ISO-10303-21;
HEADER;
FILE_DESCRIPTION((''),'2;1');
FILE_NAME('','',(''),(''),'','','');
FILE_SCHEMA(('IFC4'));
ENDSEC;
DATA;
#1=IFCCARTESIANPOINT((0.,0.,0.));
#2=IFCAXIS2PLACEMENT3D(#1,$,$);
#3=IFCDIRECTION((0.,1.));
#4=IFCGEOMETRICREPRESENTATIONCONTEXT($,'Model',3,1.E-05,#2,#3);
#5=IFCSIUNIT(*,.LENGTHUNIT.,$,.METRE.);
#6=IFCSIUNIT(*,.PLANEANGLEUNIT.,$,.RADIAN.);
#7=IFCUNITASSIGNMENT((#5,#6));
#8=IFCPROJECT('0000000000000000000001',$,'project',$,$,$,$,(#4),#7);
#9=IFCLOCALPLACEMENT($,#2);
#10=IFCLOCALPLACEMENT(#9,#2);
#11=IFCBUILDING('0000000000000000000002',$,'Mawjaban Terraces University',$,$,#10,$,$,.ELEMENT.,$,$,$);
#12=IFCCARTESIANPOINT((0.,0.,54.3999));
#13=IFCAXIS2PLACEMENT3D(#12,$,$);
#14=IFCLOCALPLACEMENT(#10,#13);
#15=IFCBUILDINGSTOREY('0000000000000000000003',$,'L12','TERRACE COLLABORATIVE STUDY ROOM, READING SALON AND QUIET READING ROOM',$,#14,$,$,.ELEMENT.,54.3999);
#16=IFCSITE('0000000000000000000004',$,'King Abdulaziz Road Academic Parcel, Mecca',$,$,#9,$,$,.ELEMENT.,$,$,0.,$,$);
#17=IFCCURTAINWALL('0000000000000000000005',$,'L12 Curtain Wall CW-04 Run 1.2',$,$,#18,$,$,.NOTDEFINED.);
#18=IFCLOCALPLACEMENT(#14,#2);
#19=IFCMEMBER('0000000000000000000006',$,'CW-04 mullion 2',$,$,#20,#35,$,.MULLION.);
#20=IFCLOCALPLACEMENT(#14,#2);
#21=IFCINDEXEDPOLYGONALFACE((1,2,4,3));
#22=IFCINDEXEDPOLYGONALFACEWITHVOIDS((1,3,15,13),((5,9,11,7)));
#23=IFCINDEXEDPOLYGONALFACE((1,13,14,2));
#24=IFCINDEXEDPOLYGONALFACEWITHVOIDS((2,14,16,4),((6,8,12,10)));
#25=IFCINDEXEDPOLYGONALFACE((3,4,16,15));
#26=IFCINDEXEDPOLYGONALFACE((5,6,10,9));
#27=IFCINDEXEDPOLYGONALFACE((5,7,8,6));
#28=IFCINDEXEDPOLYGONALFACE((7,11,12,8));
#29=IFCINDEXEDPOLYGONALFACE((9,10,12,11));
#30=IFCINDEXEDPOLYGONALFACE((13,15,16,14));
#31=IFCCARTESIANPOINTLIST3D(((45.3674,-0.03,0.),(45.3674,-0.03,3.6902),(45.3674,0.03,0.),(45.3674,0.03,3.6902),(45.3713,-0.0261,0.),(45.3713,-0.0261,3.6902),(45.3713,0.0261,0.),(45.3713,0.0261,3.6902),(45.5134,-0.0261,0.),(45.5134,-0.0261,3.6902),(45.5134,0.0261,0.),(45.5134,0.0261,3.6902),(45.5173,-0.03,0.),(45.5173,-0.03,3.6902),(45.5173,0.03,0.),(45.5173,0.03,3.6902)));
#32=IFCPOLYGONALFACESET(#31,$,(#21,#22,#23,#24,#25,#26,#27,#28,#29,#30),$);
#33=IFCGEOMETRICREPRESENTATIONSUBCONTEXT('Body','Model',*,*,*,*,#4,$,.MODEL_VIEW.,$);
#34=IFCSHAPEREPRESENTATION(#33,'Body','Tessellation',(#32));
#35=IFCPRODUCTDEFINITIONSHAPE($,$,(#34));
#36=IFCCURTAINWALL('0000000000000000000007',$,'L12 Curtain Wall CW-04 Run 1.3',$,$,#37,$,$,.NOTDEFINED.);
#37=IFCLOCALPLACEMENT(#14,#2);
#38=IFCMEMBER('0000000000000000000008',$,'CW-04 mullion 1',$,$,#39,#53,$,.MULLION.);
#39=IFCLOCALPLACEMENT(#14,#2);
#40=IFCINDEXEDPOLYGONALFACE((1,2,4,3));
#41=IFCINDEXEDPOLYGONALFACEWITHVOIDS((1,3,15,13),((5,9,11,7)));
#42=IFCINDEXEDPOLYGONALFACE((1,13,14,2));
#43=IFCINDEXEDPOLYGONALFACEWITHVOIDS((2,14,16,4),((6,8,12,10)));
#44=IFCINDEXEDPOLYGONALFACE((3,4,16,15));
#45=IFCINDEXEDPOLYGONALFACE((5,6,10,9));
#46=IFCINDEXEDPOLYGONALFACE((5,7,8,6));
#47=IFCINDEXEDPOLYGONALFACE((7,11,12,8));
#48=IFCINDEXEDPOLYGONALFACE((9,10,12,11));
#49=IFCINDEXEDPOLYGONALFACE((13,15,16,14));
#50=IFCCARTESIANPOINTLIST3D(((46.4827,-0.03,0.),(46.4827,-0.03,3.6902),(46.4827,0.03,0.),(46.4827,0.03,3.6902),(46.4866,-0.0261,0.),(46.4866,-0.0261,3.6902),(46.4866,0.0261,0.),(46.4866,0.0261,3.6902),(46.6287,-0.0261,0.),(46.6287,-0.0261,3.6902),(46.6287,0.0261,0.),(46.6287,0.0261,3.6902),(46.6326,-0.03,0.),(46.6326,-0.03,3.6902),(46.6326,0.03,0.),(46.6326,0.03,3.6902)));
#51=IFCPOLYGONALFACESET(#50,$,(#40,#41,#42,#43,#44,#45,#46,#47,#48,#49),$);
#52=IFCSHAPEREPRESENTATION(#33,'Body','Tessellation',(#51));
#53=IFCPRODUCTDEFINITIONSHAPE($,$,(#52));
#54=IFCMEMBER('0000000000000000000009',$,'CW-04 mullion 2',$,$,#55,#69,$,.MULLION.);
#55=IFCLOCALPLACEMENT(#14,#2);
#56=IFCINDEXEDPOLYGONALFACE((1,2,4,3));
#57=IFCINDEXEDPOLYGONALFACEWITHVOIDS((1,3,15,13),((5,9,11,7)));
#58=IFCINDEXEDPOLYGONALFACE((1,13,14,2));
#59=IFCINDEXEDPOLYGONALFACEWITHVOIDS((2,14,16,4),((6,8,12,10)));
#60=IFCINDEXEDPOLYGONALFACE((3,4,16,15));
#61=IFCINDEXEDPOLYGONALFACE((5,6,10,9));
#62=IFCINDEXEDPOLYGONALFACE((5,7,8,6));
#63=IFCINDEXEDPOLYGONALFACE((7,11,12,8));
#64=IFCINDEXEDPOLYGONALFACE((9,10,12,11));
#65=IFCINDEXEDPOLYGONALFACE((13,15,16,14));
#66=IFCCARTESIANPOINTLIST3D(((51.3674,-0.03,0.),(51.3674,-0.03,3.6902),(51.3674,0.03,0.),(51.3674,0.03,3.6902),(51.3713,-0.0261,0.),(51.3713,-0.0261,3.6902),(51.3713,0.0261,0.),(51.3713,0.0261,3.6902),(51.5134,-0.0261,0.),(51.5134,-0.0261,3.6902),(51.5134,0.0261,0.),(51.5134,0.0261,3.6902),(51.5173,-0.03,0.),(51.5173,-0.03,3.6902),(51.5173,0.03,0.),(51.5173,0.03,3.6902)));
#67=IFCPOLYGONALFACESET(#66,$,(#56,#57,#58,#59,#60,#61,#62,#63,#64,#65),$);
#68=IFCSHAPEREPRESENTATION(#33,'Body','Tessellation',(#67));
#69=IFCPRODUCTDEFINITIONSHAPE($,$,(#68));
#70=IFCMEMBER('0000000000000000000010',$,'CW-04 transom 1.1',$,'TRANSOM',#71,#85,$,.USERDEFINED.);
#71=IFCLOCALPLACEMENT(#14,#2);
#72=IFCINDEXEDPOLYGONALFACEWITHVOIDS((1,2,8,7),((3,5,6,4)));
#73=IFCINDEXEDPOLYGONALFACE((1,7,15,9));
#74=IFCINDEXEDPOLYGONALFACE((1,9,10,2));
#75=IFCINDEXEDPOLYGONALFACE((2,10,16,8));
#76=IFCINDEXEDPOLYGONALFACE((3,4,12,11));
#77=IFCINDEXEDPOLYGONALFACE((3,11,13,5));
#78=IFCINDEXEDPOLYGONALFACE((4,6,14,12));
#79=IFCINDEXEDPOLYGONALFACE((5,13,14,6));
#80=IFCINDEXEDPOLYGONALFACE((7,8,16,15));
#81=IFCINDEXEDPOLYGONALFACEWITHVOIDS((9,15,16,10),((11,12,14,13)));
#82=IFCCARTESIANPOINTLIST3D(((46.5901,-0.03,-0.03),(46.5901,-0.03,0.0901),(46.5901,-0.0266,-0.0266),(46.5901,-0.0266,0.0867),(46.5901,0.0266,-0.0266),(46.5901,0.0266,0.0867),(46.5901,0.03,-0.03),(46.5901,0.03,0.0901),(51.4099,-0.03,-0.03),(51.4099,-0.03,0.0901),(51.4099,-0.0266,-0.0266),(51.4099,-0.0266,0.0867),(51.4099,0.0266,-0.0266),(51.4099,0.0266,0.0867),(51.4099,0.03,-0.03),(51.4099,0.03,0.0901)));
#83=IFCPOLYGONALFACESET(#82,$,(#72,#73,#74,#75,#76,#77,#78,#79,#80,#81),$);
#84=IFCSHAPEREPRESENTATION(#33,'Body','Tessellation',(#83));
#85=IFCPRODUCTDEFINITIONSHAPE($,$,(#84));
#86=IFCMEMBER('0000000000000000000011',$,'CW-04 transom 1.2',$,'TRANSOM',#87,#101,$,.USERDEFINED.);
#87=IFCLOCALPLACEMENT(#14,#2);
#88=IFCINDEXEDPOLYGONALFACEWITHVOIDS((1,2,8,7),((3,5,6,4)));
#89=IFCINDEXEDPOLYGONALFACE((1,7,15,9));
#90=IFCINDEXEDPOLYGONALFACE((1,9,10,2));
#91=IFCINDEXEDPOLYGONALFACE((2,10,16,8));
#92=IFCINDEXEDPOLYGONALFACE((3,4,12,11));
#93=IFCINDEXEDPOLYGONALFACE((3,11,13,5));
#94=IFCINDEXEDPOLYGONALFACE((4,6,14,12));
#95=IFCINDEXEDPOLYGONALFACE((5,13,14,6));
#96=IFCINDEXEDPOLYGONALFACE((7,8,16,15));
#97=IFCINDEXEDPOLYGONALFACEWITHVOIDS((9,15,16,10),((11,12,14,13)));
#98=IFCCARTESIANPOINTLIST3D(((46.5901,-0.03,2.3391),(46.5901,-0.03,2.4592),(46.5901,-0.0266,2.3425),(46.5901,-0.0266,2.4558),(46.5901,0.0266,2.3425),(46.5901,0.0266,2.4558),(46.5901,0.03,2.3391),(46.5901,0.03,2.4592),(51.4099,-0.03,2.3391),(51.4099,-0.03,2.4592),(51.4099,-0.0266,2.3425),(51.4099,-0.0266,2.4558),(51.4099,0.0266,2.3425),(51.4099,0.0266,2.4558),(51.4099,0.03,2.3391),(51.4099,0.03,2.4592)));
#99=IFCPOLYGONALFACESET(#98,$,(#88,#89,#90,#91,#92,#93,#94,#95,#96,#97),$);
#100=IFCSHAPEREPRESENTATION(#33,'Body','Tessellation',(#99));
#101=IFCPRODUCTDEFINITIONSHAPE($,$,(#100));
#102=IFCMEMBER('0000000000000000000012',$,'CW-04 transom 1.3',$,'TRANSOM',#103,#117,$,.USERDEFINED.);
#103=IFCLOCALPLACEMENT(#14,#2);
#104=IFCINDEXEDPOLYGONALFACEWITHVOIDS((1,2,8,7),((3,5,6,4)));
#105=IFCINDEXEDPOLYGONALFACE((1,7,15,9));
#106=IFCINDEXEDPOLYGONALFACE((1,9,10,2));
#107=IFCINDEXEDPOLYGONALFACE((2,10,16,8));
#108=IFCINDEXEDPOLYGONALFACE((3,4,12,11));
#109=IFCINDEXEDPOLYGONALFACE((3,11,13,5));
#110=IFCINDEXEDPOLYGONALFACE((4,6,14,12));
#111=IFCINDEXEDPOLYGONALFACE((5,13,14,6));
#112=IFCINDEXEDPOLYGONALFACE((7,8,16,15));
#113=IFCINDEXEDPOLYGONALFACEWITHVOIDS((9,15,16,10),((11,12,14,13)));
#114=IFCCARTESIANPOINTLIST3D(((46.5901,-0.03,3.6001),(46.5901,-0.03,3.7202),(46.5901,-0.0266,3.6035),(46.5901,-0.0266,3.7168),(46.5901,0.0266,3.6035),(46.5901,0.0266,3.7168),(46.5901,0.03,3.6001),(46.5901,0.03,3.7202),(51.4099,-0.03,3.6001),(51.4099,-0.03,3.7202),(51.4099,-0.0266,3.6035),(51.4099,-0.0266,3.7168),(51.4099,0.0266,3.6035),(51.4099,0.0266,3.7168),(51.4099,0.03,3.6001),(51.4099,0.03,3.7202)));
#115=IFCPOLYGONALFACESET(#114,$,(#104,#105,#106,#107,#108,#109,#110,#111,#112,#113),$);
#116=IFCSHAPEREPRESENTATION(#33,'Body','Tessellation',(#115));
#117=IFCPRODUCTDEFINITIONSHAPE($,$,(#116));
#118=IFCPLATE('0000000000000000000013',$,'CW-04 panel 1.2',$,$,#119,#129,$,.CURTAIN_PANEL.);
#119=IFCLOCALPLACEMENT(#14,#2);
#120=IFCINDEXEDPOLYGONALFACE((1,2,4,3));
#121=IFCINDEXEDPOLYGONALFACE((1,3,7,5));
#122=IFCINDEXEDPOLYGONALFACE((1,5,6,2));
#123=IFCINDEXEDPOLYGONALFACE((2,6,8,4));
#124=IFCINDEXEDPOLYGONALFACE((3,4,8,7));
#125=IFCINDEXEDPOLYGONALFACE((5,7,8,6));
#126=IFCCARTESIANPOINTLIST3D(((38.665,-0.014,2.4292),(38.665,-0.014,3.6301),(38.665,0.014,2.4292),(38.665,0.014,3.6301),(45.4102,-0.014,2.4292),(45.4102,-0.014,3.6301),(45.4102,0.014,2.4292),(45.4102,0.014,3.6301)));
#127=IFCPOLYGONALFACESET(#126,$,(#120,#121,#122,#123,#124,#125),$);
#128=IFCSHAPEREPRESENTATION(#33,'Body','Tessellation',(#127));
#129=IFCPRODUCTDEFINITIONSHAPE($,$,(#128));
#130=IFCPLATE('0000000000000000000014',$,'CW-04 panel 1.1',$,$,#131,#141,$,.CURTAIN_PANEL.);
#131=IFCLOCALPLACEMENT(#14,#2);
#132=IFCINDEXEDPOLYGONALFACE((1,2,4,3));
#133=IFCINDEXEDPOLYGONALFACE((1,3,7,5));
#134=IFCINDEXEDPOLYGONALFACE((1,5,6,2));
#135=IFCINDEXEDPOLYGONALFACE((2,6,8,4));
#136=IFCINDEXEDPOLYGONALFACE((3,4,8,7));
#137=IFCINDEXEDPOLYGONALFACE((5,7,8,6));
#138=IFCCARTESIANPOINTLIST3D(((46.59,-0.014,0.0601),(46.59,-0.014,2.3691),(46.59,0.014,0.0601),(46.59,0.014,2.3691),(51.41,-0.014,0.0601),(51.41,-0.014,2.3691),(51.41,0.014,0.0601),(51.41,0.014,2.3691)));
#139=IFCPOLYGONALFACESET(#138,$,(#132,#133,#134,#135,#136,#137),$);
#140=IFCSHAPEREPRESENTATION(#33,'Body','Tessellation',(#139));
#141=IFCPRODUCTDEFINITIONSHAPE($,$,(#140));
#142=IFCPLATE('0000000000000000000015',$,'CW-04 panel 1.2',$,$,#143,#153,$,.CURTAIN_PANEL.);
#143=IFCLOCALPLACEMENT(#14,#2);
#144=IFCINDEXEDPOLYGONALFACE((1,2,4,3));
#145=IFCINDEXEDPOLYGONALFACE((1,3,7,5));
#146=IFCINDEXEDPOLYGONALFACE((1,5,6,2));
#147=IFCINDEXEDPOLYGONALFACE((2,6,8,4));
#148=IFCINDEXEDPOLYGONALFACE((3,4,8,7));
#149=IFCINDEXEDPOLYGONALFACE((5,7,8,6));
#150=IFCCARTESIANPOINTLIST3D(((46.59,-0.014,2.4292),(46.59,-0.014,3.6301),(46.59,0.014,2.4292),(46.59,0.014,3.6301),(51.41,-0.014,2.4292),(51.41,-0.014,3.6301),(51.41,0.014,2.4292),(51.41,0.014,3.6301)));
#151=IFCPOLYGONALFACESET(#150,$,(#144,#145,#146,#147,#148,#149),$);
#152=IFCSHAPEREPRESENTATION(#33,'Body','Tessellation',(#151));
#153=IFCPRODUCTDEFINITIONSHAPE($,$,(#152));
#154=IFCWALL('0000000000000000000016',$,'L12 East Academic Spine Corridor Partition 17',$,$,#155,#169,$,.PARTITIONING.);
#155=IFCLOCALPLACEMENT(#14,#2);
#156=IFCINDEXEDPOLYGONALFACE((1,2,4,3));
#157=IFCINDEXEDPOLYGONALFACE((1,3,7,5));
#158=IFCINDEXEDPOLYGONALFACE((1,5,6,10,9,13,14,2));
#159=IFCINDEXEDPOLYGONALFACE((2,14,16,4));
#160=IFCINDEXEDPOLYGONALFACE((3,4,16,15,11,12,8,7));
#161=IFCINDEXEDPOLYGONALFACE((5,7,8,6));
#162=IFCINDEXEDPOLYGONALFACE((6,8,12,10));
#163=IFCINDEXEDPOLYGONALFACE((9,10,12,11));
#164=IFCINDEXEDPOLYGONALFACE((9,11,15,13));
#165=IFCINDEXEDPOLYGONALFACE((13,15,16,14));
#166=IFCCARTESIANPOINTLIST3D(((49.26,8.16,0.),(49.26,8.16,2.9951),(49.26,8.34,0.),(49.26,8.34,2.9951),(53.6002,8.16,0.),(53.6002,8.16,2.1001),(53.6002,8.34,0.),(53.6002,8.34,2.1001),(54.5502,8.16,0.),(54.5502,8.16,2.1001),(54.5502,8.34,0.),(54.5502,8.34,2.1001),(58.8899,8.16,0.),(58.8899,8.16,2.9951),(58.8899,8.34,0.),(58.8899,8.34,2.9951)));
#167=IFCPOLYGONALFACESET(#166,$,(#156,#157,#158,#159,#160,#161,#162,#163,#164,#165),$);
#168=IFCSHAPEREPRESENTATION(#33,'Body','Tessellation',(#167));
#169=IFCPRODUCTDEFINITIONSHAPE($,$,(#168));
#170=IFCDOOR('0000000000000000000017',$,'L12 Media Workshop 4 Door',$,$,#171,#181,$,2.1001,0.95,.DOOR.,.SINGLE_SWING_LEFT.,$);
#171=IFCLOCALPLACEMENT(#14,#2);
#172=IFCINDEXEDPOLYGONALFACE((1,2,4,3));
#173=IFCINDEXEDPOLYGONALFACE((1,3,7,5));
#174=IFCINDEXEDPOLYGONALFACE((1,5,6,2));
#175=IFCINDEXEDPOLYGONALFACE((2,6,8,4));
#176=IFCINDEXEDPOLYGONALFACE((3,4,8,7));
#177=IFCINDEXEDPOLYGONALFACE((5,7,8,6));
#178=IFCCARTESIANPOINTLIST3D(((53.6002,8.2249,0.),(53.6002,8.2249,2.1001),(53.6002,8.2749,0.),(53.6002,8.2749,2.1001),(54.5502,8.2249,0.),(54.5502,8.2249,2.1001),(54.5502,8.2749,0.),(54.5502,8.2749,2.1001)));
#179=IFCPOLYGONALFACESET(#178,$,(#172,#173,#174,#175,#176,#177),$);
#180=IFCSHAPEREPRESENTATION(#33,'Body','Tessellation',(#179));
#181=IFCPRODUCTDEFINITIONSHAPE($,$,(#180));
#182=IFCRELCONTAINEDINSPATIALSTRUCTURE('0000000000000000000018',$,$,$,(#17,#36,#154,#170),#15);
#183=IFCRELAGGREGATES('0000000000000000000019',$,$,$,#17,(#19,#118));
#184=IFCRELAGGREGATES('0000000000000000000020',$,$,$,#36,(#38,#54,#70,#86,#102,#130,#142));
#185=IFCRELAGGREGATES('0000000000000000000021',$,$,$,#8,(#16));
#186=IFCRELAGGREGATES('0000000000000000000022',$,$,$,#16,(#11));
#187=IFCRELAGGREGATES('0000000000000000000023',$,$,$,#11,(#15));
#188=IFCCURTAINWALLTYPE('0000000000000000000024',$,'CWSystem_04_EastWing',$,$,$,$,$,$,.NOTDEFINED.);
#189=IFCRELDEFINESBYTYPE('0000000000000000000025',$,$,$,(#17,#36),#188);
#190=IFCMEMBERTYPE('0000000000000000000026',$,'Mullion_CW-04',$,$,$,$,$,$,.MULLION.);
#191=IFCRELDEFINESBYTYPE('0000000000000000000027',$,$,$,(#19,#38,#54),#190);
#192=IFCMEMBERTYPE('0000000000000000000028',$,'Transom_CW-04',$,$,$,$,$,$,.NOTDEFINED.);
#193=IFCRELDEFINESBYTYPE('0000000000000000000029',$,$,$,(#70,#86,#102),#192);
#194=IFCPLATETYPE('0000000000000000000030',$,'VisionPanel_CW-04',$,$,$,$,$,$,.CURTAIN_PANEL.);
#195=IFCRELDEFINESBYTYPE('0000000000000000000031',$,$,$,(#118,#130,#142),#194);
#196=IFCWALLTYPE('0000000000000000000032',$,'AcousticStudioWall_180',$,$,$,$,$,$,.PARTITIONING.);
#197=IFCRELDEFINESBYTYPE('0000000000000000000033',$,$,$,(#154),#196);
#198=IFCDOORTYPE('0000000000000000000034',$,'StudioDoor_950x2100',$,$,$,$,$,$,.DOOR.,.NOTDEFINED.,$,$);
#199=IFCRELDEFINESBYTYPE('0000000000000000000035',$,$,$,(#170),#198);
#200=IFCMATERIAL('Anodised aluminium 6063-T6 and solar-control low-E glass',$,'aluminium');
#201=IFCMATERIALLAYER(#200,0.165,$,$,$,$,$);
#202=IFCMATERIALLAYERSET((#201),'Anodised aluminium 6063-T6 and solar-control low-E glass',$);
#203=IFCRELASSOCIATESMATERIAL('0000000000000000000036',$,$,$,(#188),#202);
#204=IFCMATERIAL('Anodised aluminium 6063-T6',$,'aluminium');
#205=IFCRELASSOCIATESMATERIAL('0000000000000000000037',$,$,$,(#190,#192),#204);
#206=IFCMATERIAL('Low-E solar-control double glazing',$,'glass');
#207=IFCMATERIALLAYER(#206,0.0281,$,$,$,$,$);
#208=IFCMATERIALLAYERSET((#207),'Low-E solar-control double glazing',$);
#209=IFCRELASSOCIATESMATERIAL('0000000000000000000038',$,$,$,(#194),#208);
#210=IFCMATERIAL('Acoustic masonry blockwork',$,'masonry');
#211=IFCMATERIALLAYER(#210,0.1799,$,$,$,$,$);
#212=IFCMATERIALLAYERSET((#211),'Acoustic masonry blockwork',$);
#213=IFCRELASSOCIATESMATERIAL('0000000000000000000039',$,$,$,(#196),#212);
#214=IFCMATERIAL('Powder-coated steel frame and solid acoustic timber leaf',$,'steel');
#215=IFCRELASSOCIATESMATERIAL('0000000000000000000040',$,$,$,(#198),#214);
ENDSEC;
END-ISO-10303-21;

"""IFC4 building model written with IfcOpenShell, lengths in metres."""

from ifc_helpers import new_model, si_unit, direction, frame, frame_2d, origin, origin_2d, place, context, subcontext, project, spatial, rectangle, hollow_rectangle, extrude, material, layer, layer_set, material_profile, profile_set, type_object, element, fill, aggregate, save


model = new_model("IFC4")

# Units and contexts
model_context = context("Model", 3, precision=1e-05, world=origin(), true_north=direction((0.0, 1.0)))
body_context = subcontext(model_context, "Body", "Model", "MODEL_VIEW")
ifc_project = project(units=[si_unit("LENGTHUNIT", "METRE"), si_unit("PLANEANGLEUNIT", "RADIAN")], contexts=[model_context])

# Site, building, storey
site_placement = place(None, origin())
site = spatial("IfcSite", under=ifc_project, at=site_placement, Name="King Abdulaziz Road Academic Parcel, Mecca", CompositionType="ELEMENT", RefElevation=0.0)
building_placement = place(site_placement, origin())
building = spatial("IfcBuilding", under=site, at=building_placement, Name="Mawjaban Terraces University", CompositionType="ELEMENT")
storey_placement = place(building_placement, frame((0.0, 0.0, 54.3999)))
storey = spatial("IfcBuildingStorey", under=building, at=storey_placement, Name="L12", Description="TERRACE COLLABORATIVE STUDY ROOM, READING SALON AND QUIET READING ROOM", CompositionType="ELEMENT", Elevation=54.3999)

# Curtain wall, member
ifc_material_1 = material(Name="Anodised aluminium 6063-T6 and solar-control low-E glass", Category="aluminium")
ifc_layer_1 = layer(ifc_material_1, 0.165)
ifc_layer_set_1 = layer_set([ifc_layer_1], Name="Anodised aluminium 6063-T6 and solar-control low-E glass")
curtain_wall_type = type_object("IfcCurtainWallType", Name="CWSystem_04_EastWing", PredefinedType="NOTDEFINED", material=ifc_layer_set_1)
curtain_wall_1_placement = place(storey_placement, origin())
curtain_wall_1 = element("IfcCurtainWall", 1, at=curtain_wall_1_placement, inside=storey, type_object=curtain_wall_type, Name="L12 Curtain Wall CW-04 Run 1.2", PredefinedType="NOTDEFINED")
ifc_material_2 = material(Name="Anodised aluminium 6063-T6", Category="aluminium")
ifc_material_profile_1 = material_profile(ifc_material_2, hollow_rectangle(XDim=0.0601, YDim=0.1499, WallThickness=0.0039, at=origin_2d()), Name="ALU150X60X4")
ifc_profile_set_1 = profile_set([ifc_material_profile_1], Name="Anodised aluminium 6063-T6")
member_type_1 = type_object("IfcMemberType", Name="Mullion_CW-04", PredefinedType="MULLION", material=ifc_profile_set_1)
member_1_placement = place(storey_placement, frame((45.4424, 0.0, 0.0), z_axis=(0.0, 0.0, 1.0), x_axis=(0.0, 1.0, 0.0)))
member_1 = element("IfcMember", 2, at=member_1_placement, type_object=member_type_1, Name="CW-04 mullion 2", PredefinedType="MULLION", context=body_context, shape_type="SweptSolid", body=[
    extrude(hollow_rectangle(XDim=0.0601, YDim=0.1499, WallThickness=0.0039, at=origin_2d()), origin(), (0.0, 0.0, 1.0), 3.6902),
])

# Curtain wall, members
curtain_wall_2_placement = place(storey_placement, origin())
curtain_wall_2 = element("IfcCurtainWall", 3, at=curtain_wall_2_placement, inside=storey, type_object=curtain_wall_type, Name="L12 Curtain Wall CW-04 Run 1.3", PredefinedType="NOTDEFINED")
member_2_placement = place(storey_placement, frame((46.5576, 0.0, 0.0), z_axis=(0.0, 0.0, 1.0), x_axis=(0.0, 1.0, 0.0)))
member_2 = element("IfcMember", 4, at=member_2_placement, type_object=member_type_1, Name="CW-04 mullion 1", PredefinedType="MULLION", context=body_context, shape_type="SweptSolid", body=[
    extrude(hollow_rectangle(XDim=0.0601, YDim=0.1499, WallThickness=0.0039, at=origin_2d()), origin(), (0.0, 0.0, 1.0), 3.6902),
])
member_3_placement = place(storey_placement, frame((51.4424, 0.0, 0.0), z_axis=(0.0, 0.0, 1.0), x_axis=(0.0, 1.0, 0.0)))
member_3 = element("IfcMember", 5, at=member_3_placement, type_object=member_type_1, Name="CW-04 mullion 2", PredefinedType="MULLION", context=body_context, shape_type="SweptSolid", body=[
    extrude(hollow_rectangle(XDim=0.0601, YDim=0.1499, WallThickness=0.0039, at=origin_2d()), origin(), (0.0, 0.0, 1.0), 3.6902),
])
ifc_material_profile_2 = material_profile(ifc_material_2, hollow_rectangle(XDim=0.0601, YDim=0.1201, WallThickness=0.0034, at=origin_2d()), Name="ALU120X60X3.5")
ifc_profile_set_2 = profile_set([ifc_material_profile_2], Name="Anodised aluminium 6063-T6")
member_type_2 = type_object("IfcMemberType", Name="Transom_CW-04", PredefinedType="NOTDEFINED", material=ifc_profile_set_2)
member_4_placement = place(storey_placement, frame((46.5901, 0.0, 0.03), z_axis=(1.0, 0.0, 0.0), x_axis=(0.0, 1.0, 0.0)))
member_4 = element("IfcMember", 6, at=member_4_placement, type_object=member_type_2, Name="CW-04 transom 1.1", ObjectType="TRANSOM", PredefinedType="USERDEFINED", context=body_context, shape_type="SweptSolid", body=[
    extrude(hollow_rectangle(XDim=0.0601, YDim=0.1201, WallThickness=0.0034, at=origin_2d()), origin(), (0.0, 0.0, 1.0), 4.8198),
])
member_5_placement = place(storey_placement, frame((46.5901, 0.0, 2.3992), z_axis=(1.0, 0.0, 0.0), x_axis=(0.0, 1.0, 0.0)))
member_5 = element("IfcMember", 7, at=member_5_placement, type_object=member_type_2, Name="CW-04 transom 1.2", ObjectType="TRANSOM", PredefinedType="USERDEFINED", context=body_context, shape_type="SweptSolid", body=[
    extrude(hollow_rectangle(XDim=0.0601, YDim=0.1201, WallThickness=0.0034, at=origin_2d()), origin(), (0.0, 0.0, 1.0), 4.8198),
])
member_6_placement = place(storey_placement, frame((46.5901, 0.0, 3.6602), z_axis=(1.0, 0.0, 0.0), x_axis=(0.0, 1.0, 0.0)))
member_6 = element("IfcMember", 8, at=member_6_placement, type_object=member_type_2, Name="CW-04 transom 1.3", ObjectType="TRANSOM", PredefinedType="USERDEFINED", context=body_context, shape_type="SweptSolid", body=[
    extrude(hollow_rectangle(XDim=0.0601, YDim=0.1201, WallThickness=0.0034, at=origin_2d()), origin(), (0.0, 0.0, 1.0), 4.8198),
])

# Plates
ifc_material_3 = material(Name="Low-E solar-control double glazing", Category="glass")
ifc_layer_2 = layer(ifc_material_3, 0.0281)
ifc_layer_set_2 = layer_set([ifc_layer_2], Name="Low-E solar-control double glazing")
plate_type = type_object("IfcPlateType", Name="VisionPanel_CW-04", PredefinedType="CURTAIN_PANEL", material=ifc_layer_set_2)
plate_1_placement = place(storey_placement, frame((42.0376, 0.0, 2.4292), z_axis=(0.0, 0.0, 1.0), x_axis=(1.0, 0.0, 0.0)))
plate_1 = element("IfcPlate", 9, at=plate_1_placement, type_object=plate_type, Name="CW-04 panel 1.2", PredefinedType="CURTAIN_PANEL", context=body_context, shape_type="SweptSolid", body=[
    extrude(rectangle(XDim=6.7451, YDim=0.0281, at=origin_2d()), origin(), (0.0, 0.0, 1.0), 1.2009),
])
aggregate(curtain_wall_1, [member_1, plate_1])
plate_2_placement = place(storey_placement, frame((49.0, 0.0, 0.0601), z_axis=(0.0, 0.0, 1.0), x_axis=(1.0, 0.0, 0.0)))
plate_2 = element("IfcPlate", 10, at=plate_2_placement, type_object=plate_type, Name="CW-04 panel 1.1", PredefinedType="CURTAIN_PANEL", context=body_context, shape_type="SweptSolid", body=[
    extrude(rectangle(XDim=4.8201, YDim=0.0281, at=origin_2d()), origin(), (0.0, 0.0, 1.0), 2.3091),
])
plate_3_placement = place(storey_placement, frame((49.0, 0.0, 2.4292), z_axis=(0.0, 0.0, 1.0), x_axis=(1.0, 0.0, 0.0)))
plate_3 = element("IfcPlate", 11, at=plate_3_placement, type_object=plate_type, Name="CW-04 panel 1.2", PredefinedType="CURTAIN_PANEL", context=body_context, shape_type="SweptSolid", body=[
    extrude(rectangle(XDim=4.8201, YDim=0.0281, at=origin_2d()), origin(), (0.0, 0.0, 1.0), 1.2009),
])
aggregate(curtain_wall_2, [member_2, member_3, member_4, member_5, member_6, plate_2, plate_3])

# Wall, opening, door
ifc_material_4 = material(Name="Acoustic masonry blockwork", Category="masonry")
ifc_layer_3 = layer(ifc_material_4, 0.1799)
ifc_layer_set_3 = layer_set([ifc_layer_3], Name="Acoustic masonry blockwork")
wall_type_1 = type_object("IfcWallType", Name="AcousticStudioWall_180", PredefinedType="PARTITIONING", material=ifc_layer_set_3)
wall_1_placement = place(storey_placement, frame((49.26, 8.25, 0.0), z_axis=(0.0, 0.0, 1.0), x_axis=(1.0, 0.0, 0.0)))
wall_1 = element("IfcWall", 12, at=wall_1_placement, inside=storey, type_object=wall_type_1, Name="L12 East Academic Spine Corridor Partition 17", PredefinedType="PARTITIONING", context=body_context, shape_type="SweptSolid", body=[
    extrude(rectangle(XDim=9.6299, YDim=0.1799, at=frame_2d((4.8149, 0.0))), origin(), (0.0, 0.0, 1.0), 2.9951),
])
opening_1_placement = place(wall_1_placement, frame((4.3401, 0.0, 0.0)))
opening_1 = element("IfcOpeningElement", 13, at=opening_1_placement, cuts=wall_1, PredefinedType="OPENING", context=body_context, shape_type="SweptSolid", body=[
    extrude(rectangle(XDim=0.95, YDim=2.1001, at=frame_2d((0.4751, 1.05))), frame((0.0, 0.0999, 0.0), z_axis=(0.0, -1.0, 0.0), x_axis=(1.0, 0.0, 0.0)), (0.0, 0.0, 1.0), 0.2),
])
ifc_material_5 = material(Name="Powder-coated steel frame and solid acoustic timber leaf", Category="steel")
door_type_1 = type_object("IfcDoorType", Name="StudioDoor_950x2100", OperationType="NOTDEFINED", PredefinedType="DOOR", material=ifc_material_5)
door_1_placement = place(opening_1_placement, origin())
door_1 = element("IfcDoor", 14, at=door_1_placement, inside=storey, type_object=door_type_1, Name="L12 Media Workshop 4 Door", OperationType="SINGLE_SWING_LEFT", OverallHeight=2.1001, OverallWidth=0.95, PredefinedType="DOOR", context=body_context, shape_type="SweptSolid", body=[
    extrude(rectangle(XDim=0.95, YDim=2.1001, at=frame_2d((0.4751, 1.05))), frame((0.0, 0.0249, 0.0), z_axis=(0.0, -1.0, 0.0), x_axis=(1.0, 0.0, 0.0)), (0.0, 0.0, 1.0), 0.05),
])
fill(opening_1, door_1)

save(model, "model.ifc")
